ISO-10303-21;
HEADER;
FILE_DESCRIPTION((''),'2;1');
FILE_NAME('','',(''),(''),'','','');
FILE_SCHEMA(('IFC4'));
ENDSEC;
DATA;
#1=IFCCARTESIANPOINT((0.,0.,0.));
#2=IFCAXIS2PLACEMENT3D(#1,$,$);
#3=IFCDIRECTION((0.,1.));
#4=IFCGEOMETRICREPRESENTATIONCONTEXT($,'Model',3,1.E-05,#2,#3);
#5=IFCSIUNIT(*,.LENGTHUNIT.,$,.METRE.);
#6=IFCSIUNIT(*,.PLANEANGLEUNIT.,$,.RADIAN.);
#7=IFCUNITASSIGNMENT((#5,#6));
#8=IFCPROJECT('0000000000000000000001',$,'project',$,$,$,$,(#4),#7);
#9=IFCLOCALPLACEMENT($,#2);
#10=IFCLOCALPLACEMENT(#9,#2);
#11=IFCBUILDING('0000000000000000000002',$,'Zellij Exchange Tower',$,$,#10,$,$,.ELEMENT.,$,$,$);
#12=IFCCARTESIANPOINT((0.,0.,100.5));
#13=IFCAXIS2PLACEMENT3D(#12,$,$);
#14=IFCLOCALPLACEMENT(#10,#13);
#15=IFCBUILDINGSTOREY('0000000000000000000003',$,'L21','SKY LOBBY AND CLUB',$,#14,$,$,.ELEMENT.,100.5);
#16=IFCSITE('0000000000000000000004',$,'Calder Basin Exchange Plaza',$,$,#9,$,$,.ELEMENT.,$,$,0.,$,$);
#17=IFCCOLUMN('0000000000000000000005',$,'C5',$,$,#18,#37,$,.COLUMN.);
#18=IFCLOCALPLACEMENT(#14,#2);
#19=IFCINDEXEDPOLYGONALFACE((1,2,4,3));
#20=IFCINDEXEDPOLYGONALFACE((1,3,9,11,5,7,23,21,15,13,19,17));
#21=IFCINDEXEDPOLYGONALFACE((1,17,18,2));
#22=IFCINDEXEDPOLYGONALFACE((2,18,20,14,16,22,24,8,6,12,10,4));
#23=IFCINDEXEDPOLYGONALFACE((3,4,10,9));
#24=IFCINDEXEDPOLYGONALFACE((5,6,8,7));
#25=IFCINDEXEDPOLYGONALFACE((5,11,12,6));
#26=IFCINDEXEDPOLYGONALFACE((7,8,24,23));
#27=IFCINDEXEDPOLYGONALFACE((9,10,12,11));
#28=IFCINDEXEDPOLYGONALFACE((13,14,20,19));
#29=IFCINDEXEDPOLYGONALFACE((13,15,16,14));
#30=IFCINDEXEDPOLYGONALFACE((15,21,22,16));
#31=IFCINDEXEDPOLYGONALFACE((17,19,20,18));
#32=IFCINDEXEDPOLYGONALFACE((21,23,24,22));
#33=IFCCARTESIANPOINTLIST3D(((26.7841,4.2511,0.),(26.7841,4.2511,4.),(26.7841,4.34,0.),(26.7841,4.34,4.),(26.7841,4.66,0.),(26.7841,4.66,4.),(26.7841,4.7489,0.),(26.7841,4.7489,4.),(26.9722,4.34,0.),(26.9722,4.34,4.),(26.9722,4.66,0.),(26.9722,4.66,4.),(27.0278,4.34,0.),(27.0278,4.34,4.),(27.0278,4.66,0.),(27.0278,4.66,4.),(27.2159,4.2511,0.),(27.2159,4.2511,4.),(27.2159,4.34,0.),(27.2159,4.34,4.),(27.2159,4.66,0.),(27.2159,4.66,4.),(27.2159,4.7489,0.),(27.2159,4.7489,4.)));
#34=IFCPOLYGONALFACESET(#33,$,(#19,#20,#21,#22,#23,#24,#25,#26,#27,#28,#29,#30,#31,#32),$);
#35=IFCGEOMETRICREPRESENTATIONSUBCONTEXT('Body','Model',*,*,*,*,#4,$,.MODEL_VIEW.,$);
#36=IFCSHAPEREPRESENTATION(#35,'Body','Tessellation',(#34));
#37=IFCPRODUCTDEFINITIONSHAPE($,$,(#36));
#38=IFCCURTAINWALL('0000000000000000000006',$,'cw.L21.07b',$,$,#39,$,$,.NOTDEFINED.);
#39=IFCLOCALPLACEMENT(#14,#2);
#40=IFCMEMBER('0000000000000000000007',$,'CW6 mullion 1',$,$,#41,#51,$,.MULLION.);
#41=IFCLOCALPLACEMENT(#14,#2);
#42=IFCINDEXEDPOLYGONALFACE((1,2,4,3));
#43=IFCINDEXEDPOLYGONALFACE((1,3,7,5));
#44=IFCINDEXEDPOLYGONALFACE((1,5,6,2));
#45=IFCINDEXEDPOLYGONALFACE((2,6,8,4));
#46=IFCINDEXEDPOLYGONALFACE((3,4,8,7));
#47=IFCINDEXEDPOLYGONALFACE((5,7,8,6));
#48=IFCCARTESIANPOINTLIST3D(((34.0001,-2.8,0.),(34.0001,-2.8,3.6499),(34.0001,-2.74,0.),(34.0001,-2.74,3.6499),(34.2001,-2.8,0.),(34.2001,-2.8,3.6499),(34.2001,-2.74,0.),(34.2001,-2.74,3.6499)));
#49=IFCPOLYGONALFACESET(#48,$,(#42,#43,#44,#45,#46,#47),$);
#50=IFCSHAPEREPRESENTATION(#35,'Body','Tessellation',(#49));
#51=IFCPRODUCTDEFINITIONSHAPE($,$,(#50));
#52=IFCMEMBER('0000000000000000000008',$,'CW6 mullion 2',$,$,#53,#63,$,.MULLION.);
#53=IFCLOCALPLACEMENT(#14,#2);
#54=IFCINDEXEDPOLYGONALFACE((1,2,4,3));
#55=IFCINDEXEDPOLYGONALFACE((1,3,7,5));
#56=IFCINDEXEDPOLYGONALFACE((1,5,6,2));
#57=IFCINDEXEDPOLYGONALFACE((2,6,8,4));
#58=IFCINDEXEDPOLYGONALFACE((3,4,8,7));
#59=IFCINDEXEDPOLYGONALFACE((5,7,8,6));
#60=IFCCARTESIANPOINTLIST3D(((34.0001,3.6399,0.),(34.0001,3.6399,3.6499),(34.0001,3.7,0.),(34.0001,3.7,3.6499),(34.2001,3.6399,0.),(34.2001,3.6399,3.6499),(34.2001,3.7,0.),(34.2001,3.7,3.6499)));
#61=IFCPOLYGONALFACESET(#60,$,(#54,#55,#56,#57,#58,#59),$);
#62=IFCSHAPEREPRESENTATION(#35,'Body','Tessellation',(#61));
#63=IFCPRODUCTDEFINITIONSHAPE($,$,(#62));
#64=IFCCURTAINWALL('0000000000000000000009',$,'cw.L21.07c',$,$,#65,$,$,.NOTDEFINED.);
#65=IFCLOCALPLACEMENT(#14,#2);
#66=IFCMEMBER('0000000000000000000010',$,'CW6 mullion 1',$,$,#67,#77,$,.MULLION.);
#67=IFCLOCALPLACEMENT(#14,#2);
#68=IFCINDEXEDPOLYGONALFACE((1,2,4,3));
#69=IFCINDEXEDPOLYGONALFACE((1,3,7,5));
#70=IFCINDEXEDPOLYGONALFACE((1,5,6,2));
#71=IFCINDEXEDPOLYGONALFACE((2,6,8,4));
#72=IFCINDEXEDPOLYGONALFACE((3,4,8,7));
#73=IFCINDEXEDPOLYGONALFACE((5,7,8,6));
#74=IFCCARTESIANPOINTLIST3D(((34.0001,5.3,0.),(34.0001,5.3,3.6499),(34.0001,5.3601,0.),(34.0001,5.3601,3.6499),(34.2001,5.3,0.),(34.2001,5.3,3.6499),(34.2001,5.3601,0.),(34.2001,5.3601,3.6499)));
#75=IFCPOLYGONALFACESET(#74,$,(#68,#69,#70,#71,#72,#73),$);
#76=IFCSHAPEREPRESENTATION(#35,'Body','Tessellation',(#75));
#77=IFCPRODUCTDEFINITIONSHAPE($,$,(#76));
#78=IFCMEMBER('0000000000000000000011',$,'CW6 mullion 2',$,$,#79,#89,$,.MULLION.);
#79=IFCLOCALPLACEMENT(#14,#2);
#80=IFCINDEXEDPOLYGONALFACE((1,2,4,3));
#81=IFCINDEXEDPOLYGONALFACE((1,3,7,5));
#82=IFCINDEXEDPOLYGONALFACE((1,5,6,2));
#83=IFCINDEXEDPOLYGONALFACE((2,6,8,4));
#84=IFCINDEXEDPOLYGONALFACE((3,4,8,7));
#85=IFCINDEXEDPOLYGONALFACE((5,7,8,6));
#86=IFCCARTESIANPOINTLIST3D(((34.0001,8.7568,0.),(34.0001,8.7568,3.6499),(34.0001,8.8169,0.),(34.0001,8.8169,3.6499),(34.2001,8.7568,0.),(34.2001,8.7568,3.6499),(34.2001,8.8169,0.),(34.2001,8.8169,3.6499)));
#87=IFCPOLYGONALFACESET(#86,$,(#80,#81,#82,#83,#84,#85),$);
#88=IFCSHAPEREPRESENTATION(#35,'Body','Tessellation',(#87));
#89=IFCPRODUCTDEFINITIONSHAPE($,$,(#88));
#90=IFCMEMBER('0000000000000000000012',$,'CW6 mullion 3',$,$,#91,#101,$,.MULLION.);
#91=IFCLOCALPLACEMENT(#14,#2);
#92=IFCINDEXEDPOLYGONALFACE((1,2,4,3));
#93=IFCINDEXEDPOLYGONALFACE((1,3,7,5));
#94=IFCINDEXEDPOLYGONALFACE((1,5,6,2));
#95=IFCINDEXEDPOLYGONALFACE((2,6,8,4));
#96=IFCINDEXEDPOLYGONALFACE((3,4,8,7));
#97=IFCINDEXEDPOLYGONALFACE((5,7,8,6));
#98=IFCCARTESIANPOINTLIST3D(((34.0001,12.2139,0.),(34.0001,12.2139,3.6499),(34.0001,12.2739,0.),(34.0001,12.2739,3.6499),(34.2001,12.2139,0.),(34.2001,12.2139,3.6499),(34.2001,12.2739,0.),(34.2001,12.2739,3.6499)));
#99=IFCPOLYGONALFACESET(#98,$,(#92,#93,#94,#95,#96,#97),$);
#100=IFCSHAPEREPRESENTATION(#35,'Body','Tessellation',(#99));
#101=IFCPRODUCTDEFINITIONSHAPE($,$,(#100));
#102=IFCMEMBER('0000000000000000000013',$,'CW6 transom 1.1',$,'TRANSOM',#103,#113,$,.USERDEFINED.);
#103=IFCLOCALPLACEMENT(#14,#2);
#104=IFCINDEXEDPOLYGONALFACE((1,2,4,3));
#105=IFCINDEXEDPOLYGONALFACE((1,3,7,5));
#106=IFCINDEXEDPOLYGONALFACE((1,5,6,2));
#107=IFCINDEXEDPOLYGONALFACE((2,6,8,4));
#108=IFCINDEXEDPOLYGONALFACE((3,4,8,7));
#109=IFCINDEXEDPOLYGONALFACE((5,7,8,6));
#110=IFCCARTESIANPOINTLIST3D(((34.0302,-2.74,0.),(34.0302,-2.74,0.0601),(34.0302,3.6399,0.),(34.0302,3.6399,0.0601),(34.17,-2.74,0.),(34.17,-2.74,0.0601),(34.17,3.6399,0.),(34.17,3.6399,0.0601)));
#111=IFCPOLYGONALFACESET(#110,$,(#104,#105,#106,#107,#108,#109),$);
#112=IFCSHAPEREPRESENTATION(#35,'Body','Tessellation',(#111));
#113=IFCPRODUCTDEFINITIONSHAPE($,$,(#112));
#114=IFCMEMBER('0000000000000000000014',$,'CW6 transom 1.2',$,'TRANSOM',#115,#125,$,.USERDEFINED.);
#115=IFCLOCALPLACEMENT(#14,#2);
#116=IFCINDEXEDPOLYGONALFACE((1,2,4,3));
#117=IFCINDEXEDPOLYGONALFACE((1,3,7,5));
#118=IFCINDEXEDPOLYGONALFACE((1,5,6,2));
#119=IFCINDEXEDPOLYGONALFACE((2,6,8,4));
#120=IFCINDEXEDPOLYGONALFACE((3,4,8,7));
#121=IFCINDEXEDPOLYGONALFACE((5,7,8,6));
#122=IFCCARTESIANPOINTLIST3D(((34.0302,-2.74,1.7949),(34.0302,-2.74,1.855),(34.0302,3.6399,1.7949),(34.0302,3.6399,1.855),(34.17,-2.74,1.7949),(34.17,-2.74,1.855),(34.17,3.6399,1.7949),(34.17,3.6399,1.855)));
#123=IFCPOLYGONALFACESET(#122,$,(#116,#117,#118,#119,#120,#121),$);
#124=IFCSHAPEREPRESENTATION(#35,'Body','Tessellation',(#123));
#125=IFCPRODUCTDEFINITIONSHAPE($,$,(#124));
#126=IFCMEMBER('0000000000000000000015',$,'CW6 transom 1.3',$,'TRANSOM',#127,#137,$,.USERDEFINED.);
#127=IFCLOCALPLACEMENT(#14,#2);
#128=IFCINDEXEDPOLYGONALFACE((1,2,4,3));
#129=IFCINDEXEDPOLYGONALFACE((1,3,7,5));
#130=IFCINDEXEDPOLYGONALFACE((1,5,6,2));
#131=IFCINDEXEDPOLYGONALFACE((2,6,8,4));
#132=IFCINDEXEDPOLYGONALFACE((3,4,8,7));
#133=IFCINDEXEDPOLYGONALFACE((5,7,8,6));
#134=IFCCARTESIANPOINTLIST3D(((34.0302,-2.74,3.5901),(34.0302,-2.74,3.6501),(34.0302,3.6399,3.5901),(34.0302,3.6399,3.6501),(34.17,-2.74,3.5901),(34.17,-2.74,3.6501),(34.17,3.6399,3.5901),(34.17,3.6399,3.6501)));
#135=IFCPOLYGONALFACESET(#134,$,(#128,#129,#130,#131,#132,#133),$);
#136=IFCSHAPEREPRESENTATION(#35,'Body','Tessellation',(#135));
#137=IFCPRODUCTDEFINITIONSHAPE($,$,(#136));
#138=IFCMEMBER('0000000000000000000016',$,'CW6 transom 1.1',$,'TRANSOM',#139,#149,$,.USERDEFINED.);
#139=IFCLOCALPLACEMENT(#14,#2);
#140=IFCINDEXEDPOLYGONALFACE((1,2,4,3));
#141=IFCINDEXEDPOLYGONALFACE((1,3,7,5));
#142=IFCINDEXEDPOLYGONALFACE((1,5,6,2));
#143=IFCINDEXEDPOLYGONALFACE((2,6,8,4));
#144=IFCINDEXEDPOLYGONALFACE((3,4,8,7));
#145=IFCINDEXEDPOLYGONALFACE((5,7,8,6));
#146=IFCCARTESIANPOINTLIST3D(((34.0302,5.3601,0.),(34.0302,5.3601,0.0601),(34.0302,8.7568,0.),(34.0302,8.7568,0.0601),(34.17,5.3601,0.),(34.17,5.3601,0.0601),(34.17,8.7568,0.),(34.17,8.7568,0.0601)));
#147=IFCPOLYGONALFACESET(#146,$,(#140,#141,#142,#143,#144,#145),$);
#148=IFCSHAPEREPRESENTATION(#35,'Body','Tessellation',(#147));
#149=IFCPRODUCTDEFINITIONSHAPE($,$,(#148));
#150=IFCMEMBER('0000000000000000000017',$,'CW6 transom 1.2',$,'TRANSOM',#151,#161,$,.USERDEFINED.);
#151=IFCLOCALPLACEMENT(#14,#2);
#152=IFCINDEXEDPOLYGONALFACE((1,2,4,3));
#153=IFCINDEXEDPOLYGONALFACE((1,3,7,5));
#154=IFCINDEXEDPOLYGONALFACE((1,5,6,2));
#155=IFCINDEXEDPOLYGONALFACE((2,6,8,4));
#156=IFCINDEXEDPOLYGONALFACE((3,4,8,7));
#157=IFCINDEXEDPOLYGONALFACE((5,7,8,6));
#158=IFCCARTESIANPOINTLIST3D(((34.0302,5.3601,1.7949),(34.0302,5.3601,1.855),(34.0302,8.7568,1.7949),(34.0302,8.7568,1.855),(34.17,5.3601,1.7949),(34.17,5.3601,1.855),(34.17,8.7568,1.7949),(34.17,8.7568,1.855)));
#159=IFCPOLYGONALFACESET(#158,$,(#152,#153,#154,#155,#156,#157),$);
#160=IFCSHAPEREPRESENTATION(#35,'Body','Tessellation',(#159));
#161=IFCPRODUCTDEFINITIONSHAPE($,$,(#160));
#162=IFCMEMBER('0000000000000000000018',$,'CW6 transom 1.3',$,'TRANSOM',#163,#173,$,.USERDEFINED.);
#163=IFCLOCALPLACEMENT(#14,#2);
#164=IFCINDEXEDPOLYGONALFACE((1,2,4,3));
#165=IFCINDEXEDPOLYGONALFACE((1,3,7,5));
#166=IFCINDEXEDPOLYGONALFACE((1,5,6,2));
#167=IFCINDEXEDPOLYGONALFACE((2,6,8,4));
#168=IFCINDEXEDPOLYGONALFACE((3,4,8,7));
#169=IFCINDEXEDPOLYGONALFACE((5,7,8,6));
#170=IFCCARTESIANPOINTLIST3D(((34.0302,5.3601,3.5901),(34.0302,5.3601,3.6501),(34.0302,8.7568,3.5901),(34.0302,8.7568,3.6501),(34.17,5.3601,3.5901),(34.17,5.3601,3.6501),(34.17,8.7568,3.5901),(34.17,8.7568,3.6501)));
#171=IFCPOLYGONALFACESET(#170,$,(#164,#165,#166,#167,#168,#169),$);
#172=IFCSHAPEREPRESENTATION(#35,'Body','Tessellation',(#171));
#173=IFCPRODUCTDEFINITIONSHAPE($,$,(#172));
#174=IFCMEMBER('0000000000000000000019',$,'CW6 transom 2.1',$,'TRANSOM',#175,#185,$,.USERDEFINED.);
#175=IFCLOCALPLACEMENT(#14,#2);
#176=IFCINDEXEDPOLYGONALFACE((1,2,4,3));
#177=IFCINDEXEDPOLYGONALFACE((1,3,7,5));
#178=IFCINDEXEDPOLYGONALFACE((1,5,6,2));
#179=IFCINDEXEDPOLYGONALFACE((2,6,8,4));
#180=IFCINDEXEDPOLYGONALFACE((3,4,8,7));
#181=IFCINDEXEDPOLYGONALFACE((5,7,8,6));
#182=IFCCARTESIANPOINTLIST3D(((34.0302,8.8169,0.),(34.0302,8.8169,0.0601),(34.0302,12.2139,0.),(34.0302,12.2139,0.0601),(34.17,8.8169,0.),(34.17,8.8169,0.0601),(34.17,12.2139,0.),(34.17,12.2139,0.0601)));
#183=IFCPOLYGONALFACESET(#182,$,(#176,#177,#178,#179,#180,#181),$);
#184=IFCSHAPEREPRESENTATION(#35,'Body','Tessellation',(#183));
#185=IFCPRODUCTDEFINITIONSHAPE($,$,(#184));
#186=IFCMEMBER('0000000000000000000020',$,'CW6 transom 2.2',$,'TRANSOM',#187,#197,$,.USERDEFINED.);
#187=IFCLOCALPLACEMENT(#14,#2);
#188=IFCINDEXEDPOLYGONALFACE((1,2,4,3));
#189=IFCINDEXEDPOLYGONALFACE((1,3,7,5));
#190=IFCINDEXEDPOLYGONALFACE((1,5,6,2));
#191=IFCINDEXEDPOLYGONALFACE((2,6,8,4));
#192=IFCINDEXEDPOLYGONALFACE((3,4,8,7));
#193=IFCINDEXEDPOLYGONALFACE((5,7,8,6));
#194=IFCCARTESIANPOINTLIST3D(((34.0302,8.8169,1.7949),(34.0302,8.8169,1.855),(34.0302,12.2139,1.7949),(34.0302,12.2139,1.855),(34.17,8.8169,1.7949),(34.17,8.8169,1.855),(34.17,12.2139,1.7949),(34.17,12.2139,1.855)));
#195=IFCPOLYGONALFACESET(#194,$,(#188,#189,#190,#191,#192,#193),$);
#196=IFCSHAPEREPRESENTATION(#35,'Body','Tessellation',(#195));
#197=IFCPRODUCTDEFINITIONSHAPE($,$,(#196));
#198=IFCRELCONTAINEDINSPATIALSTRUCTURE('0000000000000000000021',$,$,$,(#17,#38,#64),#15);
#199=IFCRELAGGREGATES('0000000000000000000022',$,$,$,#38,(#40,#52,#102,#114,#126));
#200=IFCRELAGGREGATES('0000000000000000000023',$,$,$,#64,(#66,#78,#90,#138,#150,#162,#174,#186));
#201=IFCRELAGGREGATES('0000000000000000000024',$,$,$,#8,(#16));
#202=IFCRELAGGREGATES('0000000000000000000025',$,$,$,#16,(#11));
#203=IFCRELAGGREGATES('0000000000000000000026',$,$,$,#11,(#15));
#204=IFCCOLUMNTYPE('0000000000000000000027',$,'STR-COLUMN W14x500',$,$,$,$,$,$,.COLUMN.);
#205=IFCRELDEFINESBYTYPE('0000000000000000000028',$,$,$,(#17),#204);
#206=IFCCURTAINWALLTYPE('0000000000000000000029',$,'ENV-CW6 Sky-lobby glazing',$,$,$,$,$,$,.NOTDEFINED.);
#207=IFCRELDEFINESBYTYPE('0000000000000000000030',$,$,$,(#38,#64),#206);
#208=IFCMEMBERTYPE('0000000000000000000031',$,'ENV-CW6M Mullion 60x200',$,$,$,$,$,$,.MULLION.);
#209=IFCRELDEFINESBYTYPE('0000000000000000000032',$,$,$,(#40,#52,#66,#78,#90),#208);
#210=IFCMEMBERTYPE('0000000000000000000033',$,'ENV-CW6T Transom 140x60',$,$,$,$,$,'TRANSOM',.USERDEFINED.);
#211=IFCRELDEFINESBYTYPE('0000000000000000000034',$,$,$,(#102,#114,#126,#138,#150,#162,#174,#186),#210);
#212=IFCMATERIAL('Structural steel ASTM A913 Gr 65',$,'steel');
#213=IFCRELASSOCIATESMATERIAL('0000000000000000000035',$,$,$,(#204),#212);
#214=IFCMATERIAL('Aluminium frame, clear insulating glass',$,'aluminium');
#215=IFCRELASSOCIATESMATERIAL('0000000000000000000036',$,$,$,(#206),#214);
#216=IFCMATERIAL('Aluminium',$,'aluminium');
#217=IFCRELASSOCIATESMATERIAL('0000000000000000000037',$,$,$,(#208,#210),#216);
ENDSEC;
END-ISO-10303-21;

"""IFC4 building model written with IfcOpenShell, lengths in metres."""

from ifc_helpers import new_model, si_unit, direction, frame, origin, origin_2d, place, context, subcontext, project, spatial, rectangle, i_section, extrude, material, material_profile, profile_set, type_object, element, aggregate, save


model = new_model("IFC4")

# Units and contexts
model_context = context("Model", 3, precision=1e-05, world=origin(), true_north=direction((0.0, 1.0)))
body_context = subcontext(model_context, "Body", "Model", "MODEL_VIEW")
ifc_project = project(units=[si_unit("LENGTHUNIT", "METRE"), si_unit("PLANEANGLEUNIT", "RADIAN")], contexts=[model_context])

# Site, building, storey
site_placement = place(None, origin())
site = spatial("IfcSite", under=ifc_project, at=site_placement, Name="Calder Basin Exchange Plaza", CompositionType="ELEMENT", RefElevation=0.0)
building_placement = place(site_placement, origin())
building = spatial("IfcBuilding", under=site, at=building_placement, Name="Zellij Exchange Tower", CompositionType="ELEMENT")
storey_placement = place(building_placement, frame((0.0, 0.0, 100.5)))
storey = spatial("IfcBuildingStorey", under=building, at=storey_placement, Name="L21", Description="SKY LOBBY AND CLUB", CompositionType="ELEMENT", Elevation=100.5)

# Column
ifc_material_1 = material(Name="Structural steel ASTM A913 Gr 65", Category="steel")
ifc_material_profile_1 = material_profile(ifc_material_1, i_section(OverallWidth=0.4319, OverallDepth=0.4978, WebThickness=0.0557, FlangeThickness=0.0889, at=origin_2d()), Name="W14x500")
ifc_profile_set_1 = profile_set([ifc_material_profile_1], Name="Structural steel ASTM A913 Gr 65")
column_type_1 = type_object("IfcColumnType", Name="STR-COLUMN W14x500", PredefinedType="COLUMN", material=ifc_profile_set_1)
column_1_placement = place(storey_placement, frame((27.0, 4.5, 0.0), z_axis=(0.0, 0.0, 1.0), x_axis=(1.0, 0.0, 0.0)))
element("IfcColumn", 1, at=column_1_placement, inside=storey, type_object=column_type_1, Name="C5", PredefinedType="COLUMN", context=body_context, shape_type="SweptSolid", body=[
    extrude(i_section(OverallWidth=0.4319, OverallDepth=0.4978, WebThickness=0.0557, FlangeThickness=0.0889, at=origin_2d()), origin(), (0.0, 0.0, 1.0), 4.0),
])

# Curtain walls, members
ifc_material_2 = material(Name="Aluminium frame, clear insulating glass", Category="aluminium")
curtain_wall_type = type_object("IfcCurtainWallType", Name="ENV-CW6 Sky-lobby glazing", PredefinedType="NOTDEFINED", material=ifc_material_2)
curtain_wall_1_placement = place(storey_placement, origin())
curtain_wall_1 = element("IfcCurtainWall", 2, at=curtain_wall_1_placement, inside=storey, type_object=curtain_wall_type, Name="cw.L21.07b", PredefinedType="NOTDEFINED")
ifc_material_3 = material(Name="Aluminium", Category="aluminium")
ifc_material_profile_2 = material_profile(ifc_material_3, rectangle(XDim=0.0601, YDim=0.2, at=origin_2d()), Name="AL 60x200")
ifc_profile_set_2 = profile_set([ifc_material_profile_2], Name="Aluminium")
member_type_1 = type_object("IfcMemberType", Name="ENV-CW6M Mullion 60x200", PredefinedType="MULLION", material=ifc_profile_set_2)
member_1_placement = place(storey_placement, frame((34.1001, -2.77, 0.0), z_axis=(0.0, 0.0, 1.0), x_axis=(0.0, 1.0, 0.0)))
member_1 = element("IfcMember", 3, at=member_1_placement, type_object=member_type_1, Name="CW6 mullion 1", PredefinedType="MULLION", context=body_context, shape_type="SweptSolid", body=[
    extrude(rectangle(XDim=0.0601, YDim=0.2, at=origin_2d()), origin(), (0.0, 0.0, 1.0), 3.6499),
])
member_2_placement = place(storey_placement, frame((34.1001, 3.6699, 0.0), z_axis=(0.0, 0.0, 1.0), x_axis=(0.0, 1.0, 0.0)))
member_2 = element("IfcMember", 4, at=member_2_placement, type_object=member_type_1, Name="CW6 mullion 2", PredefinedType="MULLION", context=body_context, shape_type="SweptSolid", body=[
    extrude(rectangle(XDim=0.0601, YDim=0.2, at=origin_2d()), origin(), (0.0, 0.0, 1.0), 3.6499),
])
curtain_wall_2_placement = place(storey_placement, origin())
curtain_wall_2 = element("IfcCurtainWall", 5, at=curtain_wall_2_placement, inside=storey, type_object=curtain_wall_type, Name="cw.L21.07c", PredefinedType="NOTDEFINED")
member_3_placement = place(storey_placement, frame((34.1001, 5.3301, 0.0), z_axis=(0.0, 0.0, 1.0), x_axis=(0.0, 1.0, 0.0)))
member_3 = element("IfcMember", 6, at=member_3_placement, type_object=member_type_1, Name="CW6 mullion 1", PredefinedType="MULLION", context=body_context, shape_type="SweptSolid", body=[
    extrude(rectangle(XDim=0.0601, YDim=0.2, at=origin_2d()), origin(), (0.0, 0.0, 1.0), 3.6499),
])
member_4_placement = place(storey_placement, frame((34.1001, 8.7869, 0.0), z_axis=(0.0, 0.0, 1.0), x_axis=(0.0, 1.0, 0.0)))
member_4 = element("IfcMember", 7, at=member_4_placement, type_object=member_type_1, Name="CW6 mullion 2", PredefinedType="MULLION", context=body_context, shape_type="SweptSolid", body=[
    extrude(rectangle(XDim=0.0601, YDim=0.2, at=origin_2d()), origin(), (0.0, 0.0, 1.0), 3.6499),
])
member_5_placement = place(storey_placement, frame((34.1001, 12.2439, 0.0), z_axis=(0.0, 0.0, 1.0), x_axis=(0.0, 1.0, 0.0)))
member_5 = element("IfcMember", 8, at=member_5_placement, type_object=member_type_1, Name="CW6 mullion 3", PredefinedType="MULLION", context=body_context, shape_type="SweptSolid", body=[
    extrude(rectangle(XDim=0.0601, YDim=0.2, at=origin_2d()), origin(), (0.0, 0.0, 1.0), 3.6499),
])

# Members
ifc_material_profile_3 = material_profile(ifc_material_3, rectangle(XDim=0.1399, YDim=0.0601, at=origin_2d()), Name="AL 140x60")
ifc_profile_set_3 = profile_set([ifc_material_profile_3], Name="Aluminium")
member_type_2 = type_object("IfcMemberType", Name="ENV-CW6T Transom 140x60", ElementType="TRANSOM", PredefinedType="USERDEFINED", material=ifc_profile_set_3)
member_6_placement = place(storey_placement, frame((34.1001, -2.74, 0.03), z_axis=(0.0, 1.0, 0.0), x_axis=(-1.0, 0.0, 0.0)))
member_6 = element("IfcMember", 9, at=member_6_placement, type_object=member_type_2, Name="CW6 transom 1.1", ObjectType="TRANSOM", PredefinedType="USERDEFINED", context=body_context, shape_type="SweptSolid", body=[
    extrude(rectangle(XDim=0.1399, YDim=0.0601, at=origin_2d()), origin(), (0.0, 0.0, 1.0), 6.3799),
])
member_7_placement = place(storey_placement, frame((34.1001, -2.74, 1.825), z_axis=(0.0, 1.0, 0.0), x_axis=(-1.0, 0.0, 0.0)))
member_7 = element("IfcMember", 10, at=member_7_placement, type_object=member_type_2, Name="CW6 transom 1.2", ObjectType="TRANSOM", PredefinedType="USERDEFINED", context=body_context, shape_type="SweptSolid", body=[
    extrude(rectangle(XDim=0.1399, YDim=0.0601, at=origin_2d()), origin(), (0.0, 0.0, 1.0), 6.3799),
])
member_8_placement = place(storey_placement, frame((34.1001, -2.74, 3.6201), z_axis=(0.0, 1.0, 0.0), x_axis=(-1.0, 0.0, 0.0)))
member_8 = element("IfcMember", 11, at=member_8_placement, type_object=member_type_2, Name="CW6 transom 1.3", ObjectType="TRANSOM", PredefinedType="USERDEFINED", context=body_context, shape_type="SweptSolid", body=[
    extrude(rectangle(XDim=0.1399, YDim=0.0601, at=origin_2d()), origin(), (0.0, 0.0, 1.0), 6.3799),
])
member_9_placement = place(storey_placement, frame((34.1001, 5.3601, 0.03), z_axis=(0.0, 1.0, 0.0), x_axis=(-1.0, 0.0, 0.0)))
member_9 = element("IfcMember", 12, at=member_9_placement, type_object=member_type_2, Name="CW6 transom 1.1", ObjectType="TRANSOM", PredefinedType="USERDEFINED", context=body_context, shape_type="SweptSolid", body=[
    extrude(rectangle(XDim=0.1399, YDim=0.0601, at=origin_2d()), origin(), (0.0, 0.0, 1.0), 3.3967),
])
member_10_placement = place(storey_placement, frame((34.1001, 5.3601, 1.825), z_axis=(0.0, 1.0, 0.0), x_axis=(-1.0, 0.0, 0.0)))
member_10 = element("IfcMember", 13, at=member_10_placement, type_object=member_type_2, Name="CW6 transom 1.2", ObjectType="TRANSOM", PredefinedType="USERDEFINED", context=body_context, shape_type="SweptSolid", body=[
    extrude(rectangle(XDim=0.1399, YDim=0.0601, at=origin_2d()), origin(), (0.0, 0.0, 1.0), 3.3967),
])
member_11_placement = place(storey_placement, frame((34.1001, 5.3601, 3.6201), z_axis=(0.0, 1.0, 0.0), x_axis=(-1.0, 0.0, 0.0)))
member_11 = element("IfcMember", 14, at=member_11_placement, type_object=member_type_2, Name="CW6 transom 1.3", ObjectType="TRANSOM", PredefinedType="USERDEFINED", context=body_context, shape_type="SweptSolid", body=[
    extrude(rectangle(XDim=0.1399, YDim=0.0601, at=origin_2d()), origin(), (0.0, 0.0, 1.0), 3.3967),
])
member_12_placement = place(storey_placement, frame((34.1001, 8.8169, 0.03), z_axis=(0.0, 1.0, 0.0), x_axis=(-1.0, 0.0, 0.0)))
member_12 = element("IfcMember", 15, at=member_12_placement, type_object=member_type_2, Name="CW6 transom 2.1", ObjectType="TRANSOM", PredefinedType="USERDEFINED", context=body_context, shape_type="SweptSolid", body=[
    extrude(rectangle(XDim=0.1399, YDim=0.0601, at=origin_2d()), origin(), (0.0, 0.0, 1.0), 3.397),
])
member_13_placement = place(storey_placement, frame((34.1001, 8.8169, 1.825), z_axis=(0.0, 1.0, 0.0), x_axis=(-1.0, 0.0, 0.0)))
member_13 = element("IfcMember", 16, at=member_13_placement, type_object=member_type_2, Name="CW6 transom 2.2", ObjectType="TRANSOM", PredefinedType="USERDEFINED", context=body_context, shape_type="SweptSolid", body=[
    extrude(rectangle(XDim=0.1399, YDim=0.0601, at=origin_2d()), origin(), (0.0, 0.0, 1.0), 3.397),
])

aggregate(curtain_wall_1, [member_1, member_2, member_6, member_7, member_8])
aggregate(curtain_wall_2, [member_3, member_4, member_5, member_9, member_10, member_11, member_12, member_13])

save(model, "model.ifc")
